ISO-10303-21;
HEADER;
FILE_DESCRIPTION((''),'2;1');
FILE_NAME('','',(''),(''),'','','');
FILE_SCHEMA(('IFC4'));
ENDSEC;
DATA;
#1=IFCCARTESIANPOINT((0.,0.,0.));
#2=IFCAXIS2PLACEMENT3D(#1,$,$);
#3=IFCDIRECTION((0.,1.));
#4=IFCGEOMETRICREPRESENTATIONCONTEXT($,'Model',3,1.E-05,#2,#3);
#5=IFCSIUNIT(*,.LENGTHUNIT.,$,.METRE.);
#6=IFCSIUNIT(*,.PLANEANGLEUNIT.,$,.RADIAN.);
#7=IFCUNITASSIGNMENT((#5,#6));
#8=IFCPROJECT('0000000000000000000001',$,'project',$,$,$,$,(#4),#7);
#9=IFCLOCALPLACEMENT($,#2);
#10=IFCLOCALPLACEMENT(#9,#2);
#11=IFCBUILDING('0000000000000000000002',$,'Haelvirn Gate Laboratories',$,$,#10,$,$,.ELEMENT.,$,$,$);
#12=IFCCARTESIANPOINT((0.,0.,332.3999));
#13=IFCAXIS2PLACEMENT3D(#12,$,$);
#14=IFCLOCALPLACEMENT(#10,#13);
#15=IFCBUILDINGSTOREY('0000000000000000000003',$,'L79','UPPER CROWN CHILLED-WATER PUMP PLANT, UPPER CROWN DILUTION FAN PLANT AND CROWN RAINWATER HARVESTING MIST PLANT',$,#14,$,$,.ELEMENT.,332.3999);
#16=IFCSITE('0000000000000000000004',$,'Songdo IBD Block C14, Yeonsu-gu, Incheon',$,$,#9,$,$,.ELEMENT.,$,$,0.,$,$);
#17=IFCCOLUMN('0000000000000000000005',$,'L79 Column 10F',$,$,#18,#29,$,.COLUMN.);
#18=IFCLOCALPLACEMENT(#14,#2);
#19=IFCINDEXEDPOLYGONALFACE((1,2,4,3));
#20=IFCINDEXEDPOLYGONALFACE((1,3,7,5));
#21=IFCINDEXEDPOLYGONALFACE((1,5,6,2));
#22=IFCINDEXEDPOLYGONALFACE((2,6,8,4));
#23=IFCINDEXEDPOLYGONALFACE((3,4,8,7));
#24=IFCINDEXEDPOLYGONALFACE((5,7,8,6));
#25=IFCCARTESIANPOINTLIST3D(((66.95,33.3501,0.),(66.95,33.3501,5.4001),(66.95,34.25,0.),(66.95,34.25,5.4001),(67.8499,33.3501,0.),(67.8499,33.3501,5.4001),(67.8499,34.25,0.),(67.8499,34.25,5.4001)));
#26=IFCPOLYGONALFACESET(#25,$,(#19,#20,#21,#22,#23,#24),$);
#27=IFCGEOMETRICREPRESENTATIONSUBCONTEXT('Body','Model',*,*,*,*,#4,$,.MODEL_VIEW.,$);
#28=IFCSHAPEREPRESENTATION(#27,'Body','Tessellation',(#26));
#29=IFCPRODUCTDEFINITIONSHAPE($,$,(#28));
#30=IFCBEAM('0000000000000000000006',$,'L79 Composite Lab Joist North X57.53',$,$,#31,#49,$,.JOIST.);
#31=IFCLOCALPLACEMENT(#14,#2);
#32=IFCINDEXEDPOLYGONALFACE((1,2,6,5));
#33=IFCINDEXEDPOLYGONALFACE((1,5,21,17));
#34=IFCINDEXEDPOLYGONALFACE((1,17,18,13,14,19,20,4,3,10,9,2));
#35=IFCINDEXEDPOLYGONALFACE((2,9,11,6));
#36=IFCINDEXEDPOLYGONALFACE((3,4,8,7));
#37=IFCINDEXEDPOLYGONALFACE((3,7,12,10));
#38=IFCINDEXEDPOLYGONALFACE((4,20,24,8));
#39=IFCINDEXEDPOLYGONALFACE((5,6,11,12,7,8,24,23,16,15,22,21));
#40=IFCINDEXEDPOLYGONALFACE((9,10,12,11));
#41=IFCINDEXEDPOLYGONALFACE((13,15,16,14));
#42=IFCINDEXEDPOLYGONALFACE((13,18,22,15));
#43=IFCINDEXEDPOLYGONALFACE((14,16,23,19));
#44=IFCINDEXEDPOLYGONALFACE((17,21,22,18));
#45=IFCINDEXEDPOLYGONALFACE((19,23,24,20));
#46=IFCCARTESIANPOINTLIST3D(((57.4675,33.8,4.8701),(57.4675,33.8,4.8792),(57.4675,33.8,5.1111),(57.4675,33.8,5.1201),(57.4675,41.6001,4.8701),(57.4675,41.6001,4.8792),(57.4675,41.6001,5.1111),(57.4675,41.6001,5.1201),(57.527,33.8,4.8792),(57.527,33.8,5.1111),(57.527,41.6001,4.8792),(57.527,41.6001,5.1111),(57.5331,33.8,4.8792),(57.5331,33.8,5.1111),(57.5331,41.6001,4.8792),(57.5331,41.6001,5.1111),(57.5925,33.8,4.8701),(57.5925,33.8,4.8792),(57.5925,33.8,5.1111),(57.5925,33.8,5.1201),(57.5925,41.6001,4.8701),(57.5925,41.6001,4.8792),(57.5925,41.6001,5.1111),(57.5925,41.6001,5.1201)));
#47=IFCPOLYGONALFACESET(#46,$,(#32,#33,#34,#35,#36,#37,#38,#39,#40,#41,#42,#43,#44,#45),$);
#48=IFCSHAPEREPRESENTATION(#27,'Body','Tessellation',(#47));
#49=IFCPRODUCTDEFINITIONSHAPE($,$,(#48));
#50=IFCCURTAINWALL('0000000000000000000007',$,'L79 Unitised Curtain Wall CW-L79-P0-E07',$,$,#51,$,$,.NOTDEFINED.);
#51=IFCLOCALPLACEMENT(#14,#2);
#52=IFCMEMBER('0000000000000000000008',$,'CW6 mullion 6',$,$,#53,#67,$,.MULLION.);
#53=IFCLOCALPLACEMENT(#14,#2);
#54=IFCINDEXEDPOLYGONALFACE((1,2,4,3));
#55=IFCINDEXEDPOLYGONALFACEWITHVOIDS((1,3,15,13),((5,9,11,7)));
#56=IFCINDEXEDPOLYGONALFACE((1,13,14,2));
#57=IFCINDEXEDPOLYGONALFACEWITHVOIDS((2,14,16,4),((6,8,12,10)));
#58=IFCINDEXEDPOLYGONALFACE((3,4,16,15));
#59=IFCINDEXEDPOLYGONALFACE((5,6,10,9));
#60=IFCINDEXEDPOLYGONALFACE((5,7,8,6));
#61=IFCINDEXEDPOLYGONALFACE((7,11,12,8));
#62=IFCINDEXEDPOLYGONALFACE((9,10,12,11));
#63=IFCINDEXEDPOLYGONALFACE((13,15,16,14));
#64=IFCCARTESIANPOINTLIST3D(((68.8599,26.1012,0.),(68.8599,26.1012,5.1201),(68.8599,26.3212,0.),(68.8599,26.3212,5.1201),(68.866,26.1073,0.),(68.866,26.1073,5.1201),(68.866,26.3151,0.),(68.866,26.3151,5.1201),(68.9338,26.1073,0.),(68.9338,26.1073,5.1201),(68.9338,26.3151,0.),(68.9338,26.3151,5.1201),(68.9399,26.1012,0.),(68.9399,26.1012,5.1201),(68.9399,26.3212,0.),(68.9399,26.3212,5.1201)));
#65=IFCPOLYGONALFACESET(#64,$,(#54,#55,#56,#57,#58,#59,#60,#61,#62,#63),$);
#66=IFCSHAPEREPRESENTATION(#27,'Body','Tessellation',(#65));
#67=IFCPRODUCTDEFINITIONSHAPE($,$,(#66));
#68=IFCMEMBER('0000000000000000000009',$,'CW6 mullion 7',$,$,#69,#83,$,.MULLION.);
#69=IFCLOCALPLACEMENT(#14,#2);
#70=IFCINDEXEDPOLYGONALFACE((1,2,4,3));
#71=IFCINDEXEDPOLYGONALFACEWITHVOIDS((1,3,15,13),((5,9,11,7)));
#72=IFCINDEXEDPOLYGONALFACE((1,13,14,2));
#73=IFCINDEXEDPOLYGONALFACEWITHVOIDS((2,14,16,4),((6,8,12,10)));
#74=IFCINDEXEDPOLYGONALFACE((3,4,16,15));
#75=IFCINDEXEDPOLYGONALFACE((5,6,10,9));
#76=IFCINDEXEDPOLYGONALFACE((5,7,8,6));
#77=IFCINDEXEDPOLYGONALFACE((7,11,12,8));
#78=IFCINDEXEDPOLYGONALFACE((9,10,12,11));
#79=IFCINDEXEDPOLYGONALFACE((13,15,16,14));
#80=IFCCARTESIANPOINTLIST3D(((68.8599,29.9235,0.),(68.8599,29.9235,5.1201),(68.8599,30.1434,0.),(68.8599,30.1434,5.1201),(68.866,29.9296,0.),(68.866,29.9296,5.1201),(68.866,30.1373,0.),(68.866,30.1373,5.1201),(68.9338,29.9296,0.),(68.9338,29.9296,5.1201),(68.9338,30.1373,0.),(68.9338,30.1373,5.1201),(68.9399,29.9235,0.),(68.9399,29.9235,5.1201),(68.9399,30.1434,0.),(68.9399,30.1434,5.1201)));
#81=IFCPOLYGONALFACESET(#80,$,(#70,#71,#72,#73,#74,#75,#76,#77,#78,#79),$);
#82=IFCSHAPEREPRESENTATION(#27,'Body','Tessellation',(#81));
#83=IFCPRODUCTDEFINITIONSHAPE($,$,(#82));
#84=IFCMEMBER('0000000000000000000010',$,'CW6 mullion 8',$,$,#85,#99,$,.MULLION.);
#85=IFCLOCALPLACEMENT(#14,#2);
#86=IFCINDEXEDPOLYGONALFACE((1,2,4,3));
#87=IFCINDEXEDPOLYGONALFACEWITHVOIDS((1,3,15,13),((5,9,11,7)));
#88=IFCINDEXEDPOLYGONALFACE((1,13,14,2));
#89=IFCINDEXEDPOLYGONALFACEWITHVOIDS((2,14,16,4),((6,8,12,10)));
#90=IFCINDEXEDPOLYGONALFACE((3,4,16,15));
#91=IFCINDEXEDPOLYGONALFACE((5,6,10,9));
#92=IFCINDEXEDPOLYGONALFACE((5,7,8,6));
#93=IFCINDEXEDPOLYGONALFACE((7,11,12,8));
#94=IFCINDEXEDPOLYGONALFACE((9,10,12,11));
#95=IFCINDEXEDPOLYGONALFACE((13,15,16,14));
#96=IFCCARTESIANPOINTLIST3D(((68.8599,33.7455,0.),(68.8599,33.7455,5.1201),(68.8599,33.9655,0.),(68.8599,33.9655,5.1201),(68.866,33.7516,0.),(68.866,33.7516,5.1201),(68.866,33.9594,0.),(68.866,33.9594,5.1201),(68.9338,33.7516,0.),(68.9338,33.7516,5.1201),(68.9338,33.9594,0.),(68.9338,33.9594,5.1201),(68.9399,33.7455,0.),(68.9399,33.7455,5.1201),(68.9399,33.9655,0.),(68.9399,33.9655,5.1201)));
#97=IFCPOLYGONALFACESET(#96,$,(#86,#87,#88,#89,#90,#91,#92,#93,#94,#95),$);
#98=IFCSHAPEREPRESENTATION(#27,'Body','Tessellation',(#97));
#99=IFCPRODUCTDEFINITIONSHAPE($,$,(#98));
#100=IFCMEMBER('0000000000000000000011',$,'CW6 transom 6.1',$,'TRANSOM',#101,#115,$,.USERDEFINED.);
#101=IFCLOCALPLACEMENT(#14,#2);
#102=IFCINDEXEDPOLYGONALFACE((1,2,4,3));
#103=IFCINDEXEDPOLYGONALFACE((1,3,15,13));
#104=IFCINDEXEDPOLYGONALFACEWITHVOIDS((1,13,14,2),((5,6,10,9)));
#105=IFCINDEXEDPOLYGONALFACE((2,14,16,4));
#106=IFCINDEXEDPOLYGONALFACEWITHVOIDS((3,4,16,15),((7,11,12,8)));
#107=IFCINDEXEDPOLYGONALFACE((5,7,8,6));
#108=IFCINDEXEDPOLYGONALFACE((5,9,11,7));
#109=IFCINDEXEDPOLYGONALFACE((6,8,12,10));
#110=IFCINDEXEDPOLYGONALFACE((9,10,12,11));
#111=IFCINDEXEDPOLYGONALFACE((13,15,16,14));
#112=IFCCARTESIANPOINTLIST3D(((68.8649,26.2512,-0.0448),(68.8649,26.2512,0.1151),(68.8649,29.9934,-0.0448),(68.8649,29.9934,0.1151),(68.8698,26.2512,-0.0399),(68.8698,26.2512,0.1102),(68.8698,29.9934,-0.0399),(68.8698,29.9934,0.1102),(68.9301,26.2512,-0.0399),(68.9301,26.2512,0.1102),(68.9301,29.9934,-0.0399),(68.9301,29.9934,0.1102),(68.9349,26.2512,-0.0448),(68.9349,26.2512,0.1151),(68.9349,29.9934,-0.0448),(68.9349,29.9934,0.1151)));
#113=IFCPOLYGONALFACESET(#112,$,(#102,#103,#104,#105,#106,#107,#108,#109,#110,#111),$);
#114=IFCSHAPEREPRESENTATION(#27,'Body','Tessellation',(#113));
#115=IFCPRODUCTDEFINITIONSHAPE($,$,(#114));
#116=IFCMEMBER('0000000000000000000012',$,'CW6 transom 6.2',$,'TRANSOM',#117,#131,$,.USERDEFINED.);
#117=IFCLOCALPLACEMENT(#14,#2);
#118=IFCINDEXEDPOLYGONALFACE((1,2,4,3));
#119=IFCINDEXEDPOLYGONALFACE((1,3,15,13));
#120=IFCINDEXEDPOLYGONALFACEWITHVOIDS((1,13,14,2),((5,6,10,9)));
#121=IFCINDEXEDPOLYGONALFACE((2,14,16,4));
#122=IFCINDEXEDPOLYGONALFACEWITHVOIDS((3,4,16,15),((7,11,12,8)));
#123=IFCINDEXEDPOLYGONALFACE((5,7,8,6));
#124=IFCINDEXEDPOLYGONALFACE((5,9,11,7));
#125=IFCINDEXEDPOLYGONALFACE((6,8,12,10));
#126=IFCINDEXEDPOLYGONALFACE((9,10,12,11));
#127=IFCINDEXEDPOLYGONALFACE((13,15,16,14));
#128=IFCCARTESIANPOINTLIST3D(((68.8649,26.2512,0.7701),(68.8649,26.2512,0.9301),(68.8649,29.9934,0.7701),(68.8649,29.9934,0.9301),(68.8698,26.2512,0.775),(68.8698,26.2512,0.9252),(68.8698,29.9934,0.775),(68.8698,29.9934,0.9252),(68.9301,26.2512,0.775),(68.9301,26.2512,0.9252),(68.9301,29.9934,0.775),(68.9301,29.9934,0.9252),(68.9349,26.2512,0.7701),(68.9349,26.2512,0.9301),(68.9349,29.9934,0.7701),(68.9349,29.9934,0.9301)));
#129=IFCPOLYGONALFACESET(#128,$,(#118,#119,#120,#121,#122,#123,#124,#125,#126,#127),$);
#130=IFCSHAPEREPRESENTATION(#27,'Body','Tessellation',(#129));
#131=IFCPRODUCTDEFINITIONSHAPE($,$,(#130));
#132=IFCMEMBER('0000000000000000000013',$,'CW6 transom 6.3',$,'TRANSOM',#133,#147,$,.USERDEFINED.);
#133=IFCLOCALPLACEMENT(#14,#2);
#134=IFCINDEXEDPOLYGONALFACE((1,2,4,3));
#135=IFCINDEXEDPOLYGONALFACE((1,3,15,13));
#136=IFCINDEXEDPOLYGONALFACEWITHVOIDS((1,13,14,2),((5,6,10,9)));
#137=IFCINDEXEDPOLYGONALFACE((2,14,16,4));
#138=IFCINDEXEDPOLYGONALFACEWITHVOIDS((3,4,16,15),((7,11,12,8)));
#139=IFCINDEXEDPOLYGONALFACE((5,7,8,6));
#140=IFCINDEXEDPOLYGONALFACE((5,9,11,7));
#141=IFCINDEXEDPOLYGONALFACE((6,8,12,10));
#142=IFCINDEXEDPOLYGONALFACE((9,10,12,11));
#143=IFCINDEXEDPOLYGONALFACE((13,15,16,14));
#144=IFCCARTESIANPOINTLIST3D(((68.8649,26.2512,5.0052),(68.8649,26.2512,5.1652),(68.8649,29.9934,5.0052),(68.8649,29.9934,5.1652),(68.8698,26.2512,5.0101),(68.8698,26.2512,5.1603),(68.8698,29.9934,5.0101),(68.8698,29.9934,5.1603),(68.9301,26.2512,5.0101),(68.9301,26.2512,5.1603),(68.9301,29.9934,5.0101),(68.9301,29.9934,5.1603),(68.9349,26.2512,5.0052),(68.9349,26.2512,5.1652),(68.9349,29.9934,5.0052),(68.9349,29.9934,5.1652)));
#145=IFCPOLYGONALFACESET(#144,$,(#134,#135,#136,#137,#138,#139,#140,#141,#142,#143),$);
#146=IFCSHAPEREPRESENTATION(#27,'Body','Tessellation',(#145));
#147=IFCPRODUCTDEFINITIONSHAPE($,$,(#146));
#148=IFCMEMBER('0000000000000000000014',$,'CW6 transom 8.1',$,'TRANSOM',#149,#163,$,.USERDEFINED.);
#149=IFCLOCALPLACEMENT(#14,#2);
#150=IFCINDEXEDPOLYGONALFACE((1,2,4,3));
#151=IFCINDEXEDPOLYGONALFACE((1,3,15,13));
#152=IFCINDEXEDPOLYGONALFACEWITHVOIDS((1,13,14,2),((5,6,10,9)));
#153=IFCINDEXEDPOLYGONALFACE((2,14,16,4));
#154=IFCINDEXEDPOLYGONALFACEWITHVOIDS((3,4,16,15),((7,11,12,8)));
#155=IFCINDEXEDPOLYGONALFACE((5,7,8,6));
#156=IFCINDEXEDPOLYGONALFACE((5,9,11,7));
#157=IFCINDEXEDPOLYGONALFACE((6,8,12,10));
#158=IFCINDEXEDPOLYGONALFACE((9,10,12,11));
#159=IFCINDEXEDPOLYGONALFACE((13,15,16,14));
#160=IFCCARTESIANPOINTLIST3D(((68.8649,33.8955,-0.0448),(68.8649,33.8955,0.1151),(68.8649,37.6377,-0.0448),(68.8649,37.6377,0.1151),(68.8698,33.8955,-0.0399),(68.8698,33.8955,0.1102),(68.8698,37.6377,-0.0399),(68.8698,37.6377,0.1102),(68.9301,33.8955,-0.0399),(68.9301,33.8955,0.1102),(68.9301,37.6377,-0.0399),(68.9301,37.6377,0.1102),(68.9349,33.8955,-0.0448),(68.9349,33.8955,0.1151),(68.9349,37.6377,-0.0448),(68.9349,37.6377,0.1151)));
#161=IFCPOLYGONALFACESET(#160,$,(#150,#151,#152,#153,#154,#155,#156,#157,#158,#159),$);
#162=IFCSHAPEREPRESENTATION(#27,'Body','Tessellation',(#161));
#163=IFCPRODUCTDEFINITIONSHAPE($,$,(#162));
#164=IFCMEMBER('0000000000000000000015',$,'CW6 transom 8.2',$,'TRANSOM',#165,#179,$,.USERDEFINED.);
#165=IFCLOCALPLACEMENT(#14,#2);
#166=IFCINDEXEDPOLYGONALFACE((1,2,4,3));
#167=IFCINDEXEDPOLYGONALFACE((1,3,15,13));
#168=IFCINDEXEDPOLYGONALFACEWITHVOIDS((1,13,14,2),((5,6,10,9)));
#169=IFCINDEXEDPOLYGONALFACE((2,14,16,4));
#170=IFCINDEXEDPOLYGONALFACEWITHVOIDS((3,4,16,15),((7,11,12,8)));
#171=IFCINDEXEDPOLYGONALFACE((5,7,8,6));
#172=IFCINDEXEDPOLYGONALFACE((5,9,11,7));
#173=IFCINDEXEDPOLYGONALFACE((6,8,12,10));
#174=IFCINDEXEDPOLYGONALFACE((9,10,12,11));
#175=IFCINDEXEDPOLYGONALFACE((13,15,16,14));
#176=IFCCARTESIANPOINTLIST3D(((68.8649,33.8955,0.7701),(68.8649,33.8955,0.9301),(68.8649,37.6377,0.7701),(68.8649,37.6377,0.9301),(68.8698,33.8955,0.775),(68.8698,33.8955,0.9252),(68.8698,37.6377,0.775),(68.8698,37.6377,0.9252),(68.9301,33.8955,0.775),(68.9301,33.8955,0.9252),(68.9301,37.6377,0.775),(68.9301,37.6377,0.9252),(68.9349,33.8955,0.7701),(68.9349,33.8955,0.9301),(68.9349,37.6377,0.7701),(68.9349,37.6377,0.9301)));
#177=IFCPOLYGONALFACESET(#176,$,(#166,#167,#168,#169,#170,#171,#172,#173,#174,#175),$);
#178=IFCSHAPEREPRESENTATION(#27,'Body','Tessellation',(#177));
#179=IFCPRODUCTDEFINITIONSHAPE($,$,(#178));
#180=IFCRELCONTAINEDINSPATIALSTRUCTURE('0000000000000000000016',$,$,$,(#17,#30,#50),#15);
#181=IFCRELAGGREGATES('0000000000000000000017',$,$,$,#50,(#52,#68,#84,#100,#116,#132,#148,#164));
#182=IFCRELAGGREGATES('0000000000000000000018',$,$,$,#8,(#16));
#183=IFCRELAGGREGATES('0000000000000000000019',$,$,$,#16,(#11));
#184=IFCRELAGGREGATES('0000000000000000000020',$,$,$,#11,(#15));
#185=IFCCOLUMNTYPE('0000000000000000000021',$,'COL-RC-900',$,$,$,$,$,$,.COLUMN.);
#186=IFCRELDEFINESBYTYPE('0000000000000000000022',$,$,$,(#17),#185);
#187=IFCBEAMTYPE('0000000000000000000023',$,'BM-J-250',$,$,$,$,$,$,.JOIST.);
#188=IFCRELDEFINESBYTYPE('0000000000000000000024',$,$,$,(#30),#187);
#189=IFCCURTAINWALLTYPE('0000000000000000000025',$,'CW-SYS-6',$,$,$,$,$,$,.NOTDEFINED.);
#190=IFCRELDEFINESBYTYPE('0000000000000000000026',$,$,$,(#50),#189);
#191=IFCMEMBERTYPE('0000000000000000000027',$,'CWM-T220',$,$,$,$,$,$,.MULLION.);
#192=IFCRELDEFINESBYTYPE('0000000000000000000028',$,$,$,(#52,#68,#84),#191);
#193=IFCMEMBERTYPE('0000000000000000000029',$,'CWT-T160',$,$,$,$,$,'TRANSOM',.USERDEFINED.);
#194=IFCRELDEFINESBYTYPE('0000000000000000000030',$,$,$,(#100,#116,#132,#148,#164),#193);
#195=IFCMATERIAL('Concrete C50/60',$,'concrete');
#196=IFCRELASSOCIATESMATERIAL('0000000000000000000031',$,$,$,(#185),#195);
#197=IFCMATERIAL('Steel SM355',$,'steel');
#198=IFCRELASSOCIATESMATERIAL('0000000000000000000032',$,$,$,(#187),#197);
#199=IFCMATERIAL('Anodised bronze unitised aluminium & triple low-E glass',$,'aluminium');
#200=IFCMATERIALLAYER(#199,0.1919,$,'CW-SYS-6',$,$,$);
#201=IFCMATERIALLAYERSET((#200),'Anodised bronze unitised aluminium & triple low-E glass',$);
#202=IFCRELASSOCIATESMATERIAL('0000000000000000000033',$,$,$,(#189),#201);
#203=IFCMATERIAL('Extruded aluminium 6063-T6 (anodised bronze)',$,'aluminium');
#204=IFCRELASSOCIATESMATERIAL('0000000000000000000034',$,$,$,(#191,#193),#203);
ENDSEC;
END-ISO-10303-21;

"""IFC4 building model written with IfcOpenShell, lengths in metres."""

from ifc_helpers import new_model, si_unit, direction, frame, origin, origin_2d, place, context, subcontext, project, spatial, rectangle, hollow_rectangle, i_section, extrude, source, transform, mapped, material, layer, layer_set, material_profile, profile_set, type_object, type_shapes, element, aggregate, save


model = new_model("IFC4")

# Units and contexts
model_context = context("Model", 3, precision=1e-05, world=origin(), true_north=direction((0.0, 1.0)))
body_context = subcontext(model_context, "Body", "Model", "MODEL_VIEW")
ifc_project = project(units=[si_unit("LENGTHUNIT", "METRE"), si_unit("PLANEANGLEUNIT", "RADIAN")], contexts=[model_context])

# Site, building, storey
site_placement = place(None, origin())
site = spatial("IfcSite", under=ifc_project, at=site_placement, Name="Songdo IBD Block C14, Yeonsu-gu, Incheon", CompositionType="ELEMENT", RefElevation=0.0)
building_placement = place(site_placement, origin())
building = spatial("IfcBuilding", under=site, at=building_placement, Name="Haelvirn Gate Laboratories", CompositionType="ELEMENT")
storey_placement = place(building_placement, frame((0.0, 0.0, 332.3999)))
storey = spatial("IfcBuildingStorey", under=building, at=storey_placement, Name="L79", Description="UPPER CROWN CHILLED-WATER PUMP PLANT, UPPER CROWN DILUTION FAN PLANT AND CROWN RAINWATER HARVESTING MIST PLANT", CompositionType="ELEMENT", Elevation=332.3999)

# Column
ifc_material_1 = material(Name="Concrete C50/60", Category="concrete")
ifc_material_profile_1 = material_profile(ifc_material_1, rectangle(XDim=0.8999, YDim=0.8999, at=origin_2d()), Name="RC-900x900")
ifc_profile_set_1 = profile_set([ifc_material_profile_1], Name="Concrete C50/60")
column_type = type_object("IfcColumnType", Name="COL-RC-900", PredefinedType="COLUMN", material=ifc_profile_set_1)
shared_shape_1 = source(origin(), body_context, "Body", "SweptSolid", [
    extrude(rectangle(XDim=0.8999, YDim=0.8999, at=origin_2d()), origin(), (0.0, 0.0, 1.0), 5.4001),
])
type_shapes(column_type, [shared_shape_1])
column_placement = place(storey_placement, frame((67.3999, 33.8, 0.0), z_axis=(0.0, 0.0, 1.0), x_axis=(1.0, 0.0, 0.0)))
element("IfcColumn", 1, at=column_placement, inside=storey, type_object=column_type, Name="L79 Column 10F", PredefinedType="COLUMN", context=body_context, shape_type="MappedRepresentation", body=[
    mapped(shared_shape_1, transform((0.0, 0.0, 0.0), scale=1.0)),
])

# Beam
ifc_material_2 = material(Name="Steel SM355", Category="steel")
ifc_material_profile_2 = material_profile(ifc_material_2, i_section(OverallWidth=0.125, OverallDepth=0.25, WebThickness=0.0061, FlangeThickness=0.009, at=origin_2d()), Name="H-250x125x6x9")
ifc_profile_set_2 = profile_set([ifc_material_profile_2], Name="Steel SM355")
beam_type = type_object("IfcBeamType", Name="BM-J-250", PredefinedType="JOIST", material=ifc_profile_set_2)
shared_shape_2 = source(origin(), body_context, "Body", "SweptSolid", [
    extrude(i_section(OverallWidth=0.125, OverallDepth=0.25, WebThickness=0.0061, FlangeThickness=0.009, at=origin_2d()), origin(), (0.0, 0.0, 1.0), 7.8),
])
type_shapes(beam_type, [shared_shape_2])
beam_placement = place(storey_placement, frame((57.53, 33.8, 4.9951), z_axis=(0.0, 1.0, 0.0), x_axis=(-1.0, 0.0, 0.0)))
element("IfcBeam", 2, at=beam_placement, inside=storey, type_object=beam_type, Name="L79 Composite Lab Joist North X57.53", PredefinedType="JOIST", context=body_context, shape_type="MappedRepresentation", body=[
    mapped(shared_shape_2, transform((0.0, 0.0, 0.0), scale=1.0)),
])

# Curtain wall, members
ifc_material_3 = material(Name="Anodised bronze unitised aluminium & triple low-E glass", Category="aluminium")
ifc_layer_1 = layer(ifc_material_3, 0.1919, Name="CW-SYS-6")
ifc_layer_set_1 = layer_set([ifc_layer_1], Name="Anodised bronze unitised aluminium & triple low-E glass")
curtain_wall_type = type_object("IfcCurtainWallType", Name="CW-SYS-6", PredefinedType="NOTDEFINED", material=ifc_layer_set_1)
curtain_wall_placement = place(storey_placement, origin())
curtain_wall = element("IfcCurtainWall", 3, at=curtain_wall_placement, inside=storey, type_object=curtain_wall_type, Name="L79 Unitised Curtain Wall CW-L79-P0-E07", PredefinedType="NOTDEFINED")
ifc_material_4 = material(Name="Extruded aluminium 6063-T6 (anodised bronze)", Category="aluminium")
ifc_material_profile_3 = material_profile(ifc_material_4, hollow_rectangle(XDim=0.0801, YDim=0.22, WallThickness=0.0061, at=origin_2d()), Name="CWM-220x80x6")
ifc_profile_set_3 = profile_set([ifc_material_profile_3], Name="Extruded aluminium 6063-T6 (anodised bronze)")
member_type_1 = type_object("IfcMemberType", Name="CWM-T220", PredefinedType="MULLION", material=ifc_profile_set_3)
shared_shape_3 = source(origin(), body_context, "Body", "SweptSolid", [
    extrude(hollow_rectangle(XDim=0.0801, YDim=0.22, WallThickness=0.0061, at=origin_2d()), origin(), (0.0, 0.0, 1.0), 5.1201),
])
type_shapes(member_type_1, [shared_shape_3])
member_1_placement = place(storey_placement, frame((68.8999, 26.2112, 0.0), z_axis=(0.0, 0.0, 1.0), x_axis=(-1.0, 0.0, 0.0)))
member_1 = element("IfcMember", 4, at=member_1_placement, type_object=member_type_1, Name="CW6 mullion 6", PredefinedType="MULLION", context=body_context, shape_type="MappedRepresentation", body=[
    mapped(shared_shape_3, transform((0.0, 0.0, 0.0), scale=1.0)),
])
member_2_placement = place(storey_placement, frame((68.8999, 30.0334, 0.0), z_axis=(0.0, 0.0, 1.0), x_axis=(-1.0, 0.0, 0.0)))
member_2 = element("IfcMember", 5, at=member_2_placement, type_object=member_type_1, Name="CW6 mullion 7", PredefinedType="MULLION", context=body_context, shape_type="MappedRepresentation", body=[
    mapped(shared_shape_3, transform((0.0, 0.0, 0.0), scale=1.0)),
])
member_3_placement = place(storey_placement, frame((68.8999, 33.8555, 0.0), z_axis=(0.0, 0.0, 1.0), x_axis=(-1.0, 0.0, 0.0)))
member_3 = element("IfcMember", 6, at=member_3_placement, type_object=member_type_1, Name="CW6 mullion 8", PredefinedType="MULLION", context=body_context, shape_type="MappedRepresentation", body=[
    mapped(shared_shape_3, transform((0.0, 0.0, 0.0), scale=1.0)),
])
ifc_material_profile_4 = material_profile(ifc_material_4, hollow_rectangle(XDim=0.0701, YDim=0.1599, WallThickness=0.0049, at=origin_2d()), Name="CWT-160x70x5")
ifc_profile_set_4 = profile_set([ifc_material_profile_4], Name="Extruded aluminium 6063-T6 (anodised bronze)")
member_type_2 = type_object("IfcMemberType", Name="CWT-T160", ElementType="TRANSOM", PredefinedType="USERDEFINED", material=ifc_profile_set_4)
shared_shape_4 = source(origin(), body_context, "Body", "SweptSolid", [
    extrude(hollow_rectangle(XDim=0.0701, YDim=0.1599, WallThickness=0.0049, at=origin_2d()), origin(), (0.0, 0.0, 1.0), 3.7422),
])
member_4_placement = place(storey_placement, frame((68.8999, 26.2512, 0.0352), z_axis=(0.0, 1.0, 0.0), x_axis=(-1.0, 0.0, 0.0)))
member_4 = element("IfcMember", 7, at=member_4_placement, type_object=member_type_2, Name="CW6 transom 6.1", ObjectType="TRANSOM", PredefinedType="USERDEFINED", context=body_context, shape_type="MappedRepresentation", body=[
    mapped(shared_shape_4, transform((0.0, 0.0, 0.0), scale=1.0)),
])
member_5_placement = place(storey_placement, frame((68.8999, 26.2512, 0.8501), z_axis=(0.0, 1.0, 0.0), x_axis=(-1.0, 0.0, 0.0)))
member_5 = element("IfcMember", 8, at=member_5_placement, type_object=member_type_2, Name="CW6 transom 6.2", ObjectType="TRANSOM", PredefinedType="USERDEFINED", context=body_context, shape_type="MappedRepresentation", body=[
    mapped(shared_shape_4, transform((0.0, 0.0, 0.0), scale=1.0)),
])
member_6_placement = place(storey_placement, frame((68.8999, 26.2512, 5.0852), z_axis=(0.0, 1.0, 0.0), x_axis=(-1.0, 0.0, 0.0)))
member_6 = element("IfcMember", 9, at=member_6_placement, type_object=member_type_2, Name="CW6 transom 6.3", ObjectType="TRANSOM", PredefinedType="USERDEFINED", context=body_context, shape_type="MappedRepresentation", body=[
    mapped(shared_shape_4, transform((0.0, 0.0, 0.0), scale=1.0)),
])
member_7_placement = place(storey_placement, frame((68.8999, 33.8955, 0.0352), z_axis=(0.0, 1.0, 0.0), x_axis=(-1.0, 0.0, 0.0)))
member_7 = element("IfcMember", 10, at=member_7_placement, type_object=member_type_2, Name="CW6 transom 8.1", ObjectType="TRANSOM", PredefinedType="USERDEFINED", context=body_context, shape_type="MappedRepresentation", body=[
    mapped(shared_shape_4, transform((0.0, 0.0, 0.0), scale=1.0)),
])
member_8_placement = place(storey_placement, frame((68.8999, 33.8955, 0.8501), z_axis=(0.0, 1.0, 0.0), x_axis=(-1.0, 0.0, 0.0)))
member_8 = element("IfcMember", 11, at=member_8_placement, type_object=member_type_2, Name="CW6 transom 8.2", ObjectType="TRANSOM", PredefinedType="USERDEFINED", context=body_context, shape_type="MappedRepresentation", body=[
    mapped(shared_shape_4, transform((0.0, 0.0, 0.0), scale=1.0)),
])
aggregate(curtain_wall, [member_1, member_2, member_3, member_4, member_5, member_6, member_7, member_8])

save(model, "model.ifc")
